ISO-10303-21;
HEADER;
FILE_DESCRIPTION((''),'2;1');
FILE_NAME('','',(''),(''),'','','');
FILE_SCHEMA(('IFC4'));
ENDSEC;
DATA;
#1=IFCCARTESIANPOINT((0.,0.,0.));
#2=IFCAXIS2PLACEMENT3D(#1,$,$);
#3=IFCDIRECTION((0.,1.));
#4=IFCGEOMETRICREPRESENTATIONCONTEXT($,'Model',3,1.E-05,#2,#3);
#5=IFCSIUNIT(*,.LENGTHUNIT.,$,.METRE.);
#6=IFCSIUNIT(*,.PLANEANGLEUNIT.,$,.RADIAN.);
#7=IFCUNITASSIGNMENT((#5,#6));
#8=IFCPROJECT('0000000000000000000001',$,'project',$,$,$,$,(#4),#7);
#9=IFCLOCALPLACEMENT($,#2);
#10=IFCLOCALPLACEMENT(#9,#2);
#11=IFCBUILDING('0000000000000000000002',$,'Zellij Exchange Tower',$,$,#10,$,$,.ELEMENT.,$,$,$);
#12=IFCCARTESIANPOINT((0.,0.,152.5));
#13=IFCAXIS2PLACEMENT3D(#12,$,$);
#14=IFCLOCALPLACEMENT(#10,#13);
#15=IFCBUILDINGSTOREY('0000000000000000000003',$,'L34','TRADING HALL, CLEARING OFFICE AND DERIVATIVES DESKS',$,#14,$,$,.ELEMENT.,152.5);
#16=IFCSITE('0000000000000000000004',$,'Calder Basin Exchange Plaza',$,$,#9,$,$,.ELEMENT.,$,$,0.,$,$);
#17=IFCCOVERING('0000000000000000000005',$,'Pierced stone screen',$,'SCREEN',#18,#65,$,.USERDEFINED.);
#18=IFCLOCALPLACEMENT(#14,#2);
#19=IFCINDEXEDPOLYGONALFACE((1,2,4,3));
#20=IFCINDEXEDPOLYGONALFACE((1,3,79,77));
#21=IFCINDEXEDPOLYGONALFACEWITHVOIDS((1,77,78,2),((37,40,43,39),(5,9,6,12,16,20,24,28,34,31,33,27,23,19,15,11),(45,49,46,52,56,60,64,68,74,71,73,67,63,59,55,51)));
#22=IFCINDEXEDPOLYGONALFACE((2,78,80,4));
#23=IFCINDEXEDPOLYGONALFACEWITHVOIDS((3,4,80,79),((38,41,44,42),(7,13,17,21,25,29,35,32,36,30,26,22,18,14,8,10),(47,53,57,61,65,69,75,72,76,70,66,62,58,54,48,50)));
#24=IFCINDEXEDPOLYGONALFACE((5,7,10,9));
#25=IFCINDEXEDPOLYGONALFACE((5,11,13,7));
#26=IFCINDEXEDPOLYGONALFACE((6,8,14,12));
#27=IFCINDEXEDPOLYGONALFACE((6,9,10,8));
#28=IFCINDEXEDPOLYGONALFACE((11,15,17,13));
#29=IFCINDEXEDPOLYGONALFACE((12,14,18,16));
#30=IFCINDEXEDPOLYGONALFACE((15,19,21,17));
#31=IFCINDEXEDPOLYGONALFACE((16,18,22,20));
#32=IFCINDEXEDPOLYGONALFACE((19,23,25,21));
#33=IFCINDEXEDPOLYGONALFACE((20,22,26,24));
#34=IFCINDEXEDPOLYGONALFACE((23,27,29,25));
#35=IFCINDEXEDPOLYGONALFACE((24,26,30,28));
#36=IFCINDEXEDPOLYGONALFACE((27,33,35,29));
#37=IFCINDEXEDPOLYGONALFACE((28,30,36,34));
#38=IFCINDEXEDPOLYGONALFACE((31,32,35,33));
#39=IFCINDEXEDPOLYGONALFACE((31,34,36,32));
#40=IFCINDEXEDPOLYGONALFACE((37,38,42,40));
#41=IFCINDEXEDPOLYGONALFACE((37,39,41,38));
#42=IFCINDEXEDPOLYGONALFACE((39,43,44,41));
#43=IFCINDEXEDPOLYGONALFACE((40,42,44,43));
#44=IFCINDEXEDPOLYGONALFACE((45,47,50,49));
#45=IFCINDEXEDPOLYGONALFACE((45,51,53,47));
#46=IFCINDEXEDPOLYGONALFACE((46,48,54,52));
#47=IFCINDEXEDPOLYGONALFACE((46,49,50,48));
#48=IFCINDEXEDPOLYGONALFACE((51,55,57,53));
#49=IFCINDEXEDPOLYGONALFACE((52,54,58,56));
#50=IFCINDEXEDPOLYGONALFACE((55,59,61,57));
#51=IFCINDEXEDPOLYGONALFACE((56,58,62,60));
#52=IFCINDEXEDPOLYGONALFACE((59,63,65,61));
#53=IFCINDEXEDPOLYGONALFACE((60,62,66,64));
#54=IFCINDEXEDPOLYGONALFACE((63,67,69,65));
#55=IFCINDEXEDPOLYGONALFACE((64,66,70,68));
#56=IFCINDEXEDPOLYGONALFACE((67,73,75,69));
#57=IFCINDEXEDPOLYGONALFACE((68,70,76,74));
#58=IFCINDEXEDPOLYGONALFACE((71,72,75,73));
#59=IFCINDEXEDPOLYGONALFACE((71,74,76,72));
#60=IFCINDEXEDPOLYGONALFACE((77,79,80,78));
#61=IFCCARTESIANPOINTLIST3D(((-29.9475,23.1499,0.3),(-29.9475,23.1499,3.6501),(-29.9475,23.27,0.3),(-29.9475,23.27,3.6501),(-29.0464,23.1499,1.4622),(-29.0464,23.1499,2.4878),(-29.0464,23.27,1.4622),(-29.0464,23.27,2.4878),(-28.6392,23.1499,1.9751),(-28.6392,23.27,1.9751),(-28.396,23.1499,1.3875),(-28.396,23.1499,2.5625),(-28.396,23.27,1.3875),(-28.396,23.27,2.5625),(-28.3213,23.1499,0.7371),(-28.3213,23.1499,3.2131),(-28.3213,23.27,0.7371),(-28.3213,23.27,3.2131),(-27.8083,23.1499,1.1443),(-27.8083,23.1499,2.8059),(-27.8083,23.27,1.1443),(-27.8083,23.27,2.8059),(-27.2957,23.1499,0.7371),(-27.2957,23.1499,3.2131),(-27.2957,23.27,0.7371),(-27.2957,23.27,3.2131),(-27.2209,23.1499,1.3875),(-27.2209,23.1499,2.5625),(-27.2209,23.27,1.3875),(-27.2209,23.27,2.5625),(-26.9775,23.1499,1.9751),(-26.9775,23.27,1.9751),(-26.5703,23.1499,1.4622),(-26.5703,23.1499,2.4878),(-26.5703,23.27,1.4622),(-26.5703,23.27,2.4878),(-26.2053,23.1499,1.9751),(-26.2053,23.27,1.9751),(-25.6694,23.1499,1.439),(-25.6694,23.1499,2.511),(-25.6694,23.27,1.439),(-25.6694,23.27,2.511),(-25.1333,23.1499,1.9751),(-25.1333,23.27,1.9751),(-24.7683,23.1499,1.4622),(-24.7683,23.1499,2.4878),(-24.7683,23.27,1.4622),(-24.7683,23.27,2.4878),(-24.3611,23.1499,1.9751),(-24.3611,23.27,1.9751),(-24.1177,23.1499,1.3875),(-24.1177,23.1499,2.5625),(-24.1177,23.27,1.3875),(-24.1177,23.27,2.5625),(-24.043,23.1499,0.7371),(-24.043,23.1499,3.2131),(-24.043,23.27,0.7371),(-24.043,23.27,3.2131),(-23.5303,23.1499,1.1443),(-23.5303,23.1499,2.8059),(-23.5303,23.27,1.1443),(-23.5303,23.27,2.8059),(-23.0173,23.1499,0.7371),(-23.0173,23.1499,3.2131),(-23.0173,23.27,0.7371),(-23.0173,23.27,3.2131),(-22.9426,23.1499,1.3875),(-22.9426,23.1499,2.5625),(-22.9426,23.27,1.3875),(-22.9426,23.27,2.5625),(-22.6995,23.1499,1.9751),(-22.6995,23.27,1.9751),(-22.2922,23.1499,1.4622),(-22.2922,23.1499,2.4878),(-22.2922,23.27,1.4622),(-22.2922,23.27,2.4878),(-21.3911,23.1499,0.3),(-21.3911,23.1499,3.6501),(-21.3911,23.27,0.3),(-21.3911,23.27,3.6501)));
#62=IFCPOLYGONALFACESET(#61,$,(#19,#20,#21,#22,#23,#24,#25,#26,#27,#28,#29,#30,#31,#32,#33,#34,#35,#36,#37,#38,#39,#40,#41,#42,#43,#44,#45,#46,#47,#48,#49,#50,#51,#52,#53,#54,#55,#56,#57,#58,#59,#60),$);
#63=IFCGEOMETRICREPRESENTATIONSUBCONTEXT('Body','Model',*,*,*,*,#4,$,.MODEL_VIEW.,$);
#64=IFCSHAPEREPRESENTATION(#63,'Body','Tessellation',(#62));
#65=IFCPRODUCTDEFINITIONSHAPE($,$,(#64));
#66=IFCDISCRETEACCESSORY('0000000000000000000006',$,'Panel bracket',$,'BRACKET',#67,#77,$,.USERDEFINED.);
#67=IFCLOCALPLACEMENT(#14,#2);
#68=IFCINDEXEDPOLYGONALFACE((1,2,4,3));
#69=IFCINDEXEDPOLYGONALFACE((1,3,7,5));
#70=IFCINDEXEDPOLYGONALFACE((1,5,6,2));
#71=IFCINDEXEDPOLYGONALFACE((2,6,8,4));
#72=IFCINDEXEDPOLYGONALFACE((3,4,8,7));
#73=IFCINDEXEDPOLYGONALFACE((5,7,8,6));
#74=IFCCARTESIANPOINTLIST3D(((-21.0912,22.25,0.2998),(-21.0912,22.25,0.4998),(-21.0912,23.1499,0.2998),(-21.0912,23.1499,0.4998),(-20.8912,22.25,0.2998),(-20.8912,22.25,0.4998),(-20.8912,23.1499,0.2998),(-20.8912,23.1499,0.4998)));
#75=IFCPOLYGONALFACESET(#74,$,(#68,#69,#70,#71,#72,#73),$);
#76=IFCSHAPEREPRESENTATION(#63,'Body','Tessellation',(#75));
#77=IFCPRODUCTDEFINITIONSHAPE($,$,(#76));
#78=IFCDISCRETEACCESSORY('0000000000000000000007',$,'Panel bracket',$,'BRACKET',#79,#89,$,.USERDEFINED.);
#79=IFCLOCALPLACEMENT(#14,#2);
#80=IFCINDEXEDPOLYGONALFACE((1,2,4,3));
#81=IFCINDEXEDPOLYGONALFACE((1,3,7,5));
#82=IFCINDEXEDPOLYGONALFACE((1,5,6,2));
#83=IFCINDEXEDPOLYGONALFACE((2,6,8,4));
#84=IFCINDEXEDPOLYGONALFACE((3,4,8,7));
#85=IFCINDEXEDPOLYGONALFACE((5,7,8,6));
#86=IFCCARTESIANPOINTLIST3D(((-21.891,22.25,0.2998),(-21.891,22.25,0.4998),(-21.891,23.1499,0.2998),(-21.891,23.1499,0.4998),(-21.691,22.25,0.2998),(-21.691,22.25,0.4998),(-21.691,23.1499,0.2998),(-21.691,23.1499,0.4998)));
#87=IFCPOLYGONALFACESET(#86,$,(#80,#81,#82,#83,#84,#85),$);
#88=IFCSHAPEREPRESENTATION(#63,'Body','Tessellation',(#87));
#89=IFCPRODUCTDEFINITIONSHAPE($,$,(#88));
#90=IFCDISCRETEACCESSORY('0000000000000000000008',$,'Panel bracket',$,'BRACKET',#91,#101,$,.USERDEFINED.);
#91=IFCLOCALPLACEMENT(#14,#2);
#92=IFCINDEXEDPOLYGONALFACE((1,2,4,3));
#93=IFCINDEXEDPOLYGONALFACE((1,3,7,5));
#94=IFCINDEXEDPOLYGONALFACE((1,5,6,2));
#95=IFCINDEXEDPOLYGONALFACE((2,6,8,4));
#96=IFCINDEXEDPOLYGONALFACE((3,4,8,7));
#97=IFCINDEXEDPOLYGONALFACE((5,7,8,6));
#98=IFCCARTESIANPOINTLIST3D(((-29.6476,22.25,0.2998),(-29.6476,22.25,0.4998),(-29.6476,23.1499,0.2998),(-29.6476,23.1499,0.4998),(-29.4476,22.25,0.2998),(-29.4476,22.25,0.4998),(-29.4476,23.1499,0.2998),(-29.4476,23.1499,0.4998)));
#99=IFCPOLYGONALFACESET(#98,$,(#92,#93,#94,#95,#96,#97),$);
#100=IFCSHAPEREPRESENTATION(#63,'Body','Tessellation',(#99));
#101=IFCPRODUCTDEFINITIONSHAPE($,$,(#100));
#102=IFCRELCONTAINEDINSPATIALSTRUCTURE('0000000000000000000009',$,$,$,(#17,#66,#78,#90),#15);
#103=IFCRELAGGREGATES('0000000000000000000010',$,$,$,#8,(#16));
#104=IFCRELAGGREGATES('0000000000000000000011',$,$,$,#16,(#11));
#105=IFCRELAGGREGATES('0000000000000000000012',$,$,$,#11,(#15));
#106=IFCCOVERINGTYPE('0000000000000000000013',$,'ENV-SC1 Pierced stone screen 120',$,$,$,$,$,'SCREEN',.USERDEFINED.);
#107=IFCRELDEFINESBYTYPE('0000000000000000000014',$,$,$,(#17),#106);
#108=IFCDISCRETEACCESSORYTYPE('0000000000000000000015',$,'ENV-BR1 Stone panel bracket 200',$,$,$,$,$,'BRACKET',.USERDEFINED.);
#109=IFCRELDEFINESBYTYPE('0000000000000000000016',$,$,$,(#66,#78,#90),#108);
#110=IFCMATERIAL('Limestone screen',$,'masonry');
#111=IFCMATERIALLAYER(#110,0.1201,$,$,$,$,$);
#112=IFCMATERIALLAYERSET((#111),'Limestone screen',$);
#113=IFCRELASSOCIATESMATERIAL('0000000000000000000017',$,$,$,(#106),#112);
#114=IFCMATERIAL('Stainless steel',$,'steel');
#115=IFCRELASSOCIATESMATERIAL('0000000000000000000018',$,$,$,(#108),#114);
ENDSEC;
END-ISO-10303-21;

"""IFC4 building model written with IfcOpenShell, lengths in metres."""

from ifc_helpers import new_model, si_unit, direction, frame, origin, origin_2d, place, context, subcontext, project, spatial, polyline, rectangle, outline, extrude, material, layer, layer_set, type_object, element, save


model = new_model("IFC4")

# Units and contexts
model_context = context("Model", 3, precision=1e-05, world=origin(), true_north=direction((0.0, 1.0)))
body_context = subcontext(model_context, "Body", "Model", "MODEL_VIEW")
ifc_project = project(units=[si_unit("LENGTHUNIT", "METRE"), si_unit("PLANEANGLEUNIT", "RADIAN")], contexts=[model_context])

# Site, building, storey
site_placement = place(None, origin())
site = spatial("IfcSite", under=ifc_project, at=site_placement, Name="Calder Basin Exchange Plaza", CompositionType="ELEMENT", RefElevation=0.0)
building_placement = place(site_placement, origin())
building = spatial("IfcBuilding", under=site, at=building_placement, Name="Zellij Exchange Tower", CompositionType="ELEMENT")
storey_placement = place(building_placement, frame((0.0, 0.0, 152.5)))
storey = spatial("IfcBuildingStorey", under=building, at=storey_placement, Name="L34", Description="TRADING HALL, CLEARING OFFICE AND DERIVATIVES DESKS", CompositionType="ELEMENT", Elevation=152.5)

# Covering
ifc_material_1 = material(Name="Limestone screen", Category="masonry")
ifc_layer_1 = layer(ifc_material_1, 0.1201)
ifc_layer_set_1 = layer_set([ifc_layer_1], Name="Limestone screen")
covering_type = type_object("IfcCoveringType", Name="ENV-SC1 Pierced stone screen 120", ElementType="SCREEN", PredefinedType="USERDEFINED", material=ifc_layer_set_1)
covering_placement = place(storey_placement, frame((-21.3911, 23.21, 0.3), z_axis=(0.0, 0.0, 1.0), x_axis=(-1.0, 0.0, 0.0)))
element("IfcCovering", 1, at=covering_placement, inside=storey, type_object=covering_type, Name="Pierced stone screen", ObjectType="SCREEN", PredefinedType="USERDEFINED", context=body_context, shape_type="SweptSolid", body=[
    extrude(outline(polyline([(0.0, 0.0), (8.5564, 0.0), (8.5564, 3.3501), (0.0, 3.3501), (0.0, 0.0)]), holes=[polyline([(3.3772, 2.1877), (2.7266, 2.2625), (2.6519, 2.9131), (2.1392, 2.5059), (1.6262, 2.9131), (1.5515, 2.2625), (0.9011, 2.1877), (1.3083, 1.675), (0.9011, 1.1621), (1.5515, 1.0874), (1.6262, 0.437), (2.1392, 0.8442), (2.6519, 0.437), (2.7266, 1.0874), (3.3772, 1.1621), (2.97, 1.675), (3.3772, 2.1877)]), polyline([(7.6553, 2.1877), (7.0049, 2.2625), (6.9302, 2.9131), (6.4172, 2.5059), (5.9045, 2.9131), (5.8298, 2.2625), (5.1792, 2.1877), (5.5864, 1.675), (5.1792, 1.1621), (5.8298, 1.0874), (5.9045, 0.437), (6.4172, 0.8442), (6.9302, 0.437), (7.0049, 1.0874), (7.6553, 1.1621), (7.248, 1.675), (7.6553, 2.1877)]), polyline([(4.8142, 1.675), (4.2783, 2.2109), (3.7422, 1.675), (4.2783, 1.1389), (4.8142, 1.675)])]), frame((0.0, 0.0601, 0.0), z_axis=(0.0, -1.0, 0.0), x_axis=(1.0, 0.0, 0.0)), (0.0, 0.0, 1.0), 0.1201),
])

# Discrete accessories
ifc_material_2 = material(Name="Stainless steel", Category="steel")
discrete_accessory_type = type_object("IfcDiscreteAccessoryType", Name="ENV-BR1 Stone panel bracket 200", ElementType="BRACKET", PredefinedType="USERDEFINED", material=ifc_material_2)
for number, where, z_axis, x_axis, name in (
    (2, (-20.9912, 22.7, 0.2998), (0.0, 0.0, 1.0), (-1.0, 0.0, 0.0), "Panel bracket"),
    (3, (-21.791, 22.7, 0.2998), (0.0, 0.0, 1.0), (-1.0, 0.0, 0.0), "Panel bracket"),
    (4, (-29.5476, 22.7, 0.2998), (0.0, 0.0, 1.0), (-1.0, 0.0, 0.0), "Panel bracket"),
):
    element("IfcDiscreteAccessory", number, at=place(storey_placement, frame(where, z_axis=z_axis, x_axis=x_axis)), inside=storey, type_object=discrete_accessory_type, Name=name, ObjectType="BRACKET", PredefinedType="USERDEFINED", context=body_context, shape_type="SweptSolid", body=[
        extrude(rectangle(XDim=0.2, YDim=0.8999, at=origin_2d()), origin(), (0.0, 0.0, 1.0), 0.2),
    ])

save(model, "model.ifc")
